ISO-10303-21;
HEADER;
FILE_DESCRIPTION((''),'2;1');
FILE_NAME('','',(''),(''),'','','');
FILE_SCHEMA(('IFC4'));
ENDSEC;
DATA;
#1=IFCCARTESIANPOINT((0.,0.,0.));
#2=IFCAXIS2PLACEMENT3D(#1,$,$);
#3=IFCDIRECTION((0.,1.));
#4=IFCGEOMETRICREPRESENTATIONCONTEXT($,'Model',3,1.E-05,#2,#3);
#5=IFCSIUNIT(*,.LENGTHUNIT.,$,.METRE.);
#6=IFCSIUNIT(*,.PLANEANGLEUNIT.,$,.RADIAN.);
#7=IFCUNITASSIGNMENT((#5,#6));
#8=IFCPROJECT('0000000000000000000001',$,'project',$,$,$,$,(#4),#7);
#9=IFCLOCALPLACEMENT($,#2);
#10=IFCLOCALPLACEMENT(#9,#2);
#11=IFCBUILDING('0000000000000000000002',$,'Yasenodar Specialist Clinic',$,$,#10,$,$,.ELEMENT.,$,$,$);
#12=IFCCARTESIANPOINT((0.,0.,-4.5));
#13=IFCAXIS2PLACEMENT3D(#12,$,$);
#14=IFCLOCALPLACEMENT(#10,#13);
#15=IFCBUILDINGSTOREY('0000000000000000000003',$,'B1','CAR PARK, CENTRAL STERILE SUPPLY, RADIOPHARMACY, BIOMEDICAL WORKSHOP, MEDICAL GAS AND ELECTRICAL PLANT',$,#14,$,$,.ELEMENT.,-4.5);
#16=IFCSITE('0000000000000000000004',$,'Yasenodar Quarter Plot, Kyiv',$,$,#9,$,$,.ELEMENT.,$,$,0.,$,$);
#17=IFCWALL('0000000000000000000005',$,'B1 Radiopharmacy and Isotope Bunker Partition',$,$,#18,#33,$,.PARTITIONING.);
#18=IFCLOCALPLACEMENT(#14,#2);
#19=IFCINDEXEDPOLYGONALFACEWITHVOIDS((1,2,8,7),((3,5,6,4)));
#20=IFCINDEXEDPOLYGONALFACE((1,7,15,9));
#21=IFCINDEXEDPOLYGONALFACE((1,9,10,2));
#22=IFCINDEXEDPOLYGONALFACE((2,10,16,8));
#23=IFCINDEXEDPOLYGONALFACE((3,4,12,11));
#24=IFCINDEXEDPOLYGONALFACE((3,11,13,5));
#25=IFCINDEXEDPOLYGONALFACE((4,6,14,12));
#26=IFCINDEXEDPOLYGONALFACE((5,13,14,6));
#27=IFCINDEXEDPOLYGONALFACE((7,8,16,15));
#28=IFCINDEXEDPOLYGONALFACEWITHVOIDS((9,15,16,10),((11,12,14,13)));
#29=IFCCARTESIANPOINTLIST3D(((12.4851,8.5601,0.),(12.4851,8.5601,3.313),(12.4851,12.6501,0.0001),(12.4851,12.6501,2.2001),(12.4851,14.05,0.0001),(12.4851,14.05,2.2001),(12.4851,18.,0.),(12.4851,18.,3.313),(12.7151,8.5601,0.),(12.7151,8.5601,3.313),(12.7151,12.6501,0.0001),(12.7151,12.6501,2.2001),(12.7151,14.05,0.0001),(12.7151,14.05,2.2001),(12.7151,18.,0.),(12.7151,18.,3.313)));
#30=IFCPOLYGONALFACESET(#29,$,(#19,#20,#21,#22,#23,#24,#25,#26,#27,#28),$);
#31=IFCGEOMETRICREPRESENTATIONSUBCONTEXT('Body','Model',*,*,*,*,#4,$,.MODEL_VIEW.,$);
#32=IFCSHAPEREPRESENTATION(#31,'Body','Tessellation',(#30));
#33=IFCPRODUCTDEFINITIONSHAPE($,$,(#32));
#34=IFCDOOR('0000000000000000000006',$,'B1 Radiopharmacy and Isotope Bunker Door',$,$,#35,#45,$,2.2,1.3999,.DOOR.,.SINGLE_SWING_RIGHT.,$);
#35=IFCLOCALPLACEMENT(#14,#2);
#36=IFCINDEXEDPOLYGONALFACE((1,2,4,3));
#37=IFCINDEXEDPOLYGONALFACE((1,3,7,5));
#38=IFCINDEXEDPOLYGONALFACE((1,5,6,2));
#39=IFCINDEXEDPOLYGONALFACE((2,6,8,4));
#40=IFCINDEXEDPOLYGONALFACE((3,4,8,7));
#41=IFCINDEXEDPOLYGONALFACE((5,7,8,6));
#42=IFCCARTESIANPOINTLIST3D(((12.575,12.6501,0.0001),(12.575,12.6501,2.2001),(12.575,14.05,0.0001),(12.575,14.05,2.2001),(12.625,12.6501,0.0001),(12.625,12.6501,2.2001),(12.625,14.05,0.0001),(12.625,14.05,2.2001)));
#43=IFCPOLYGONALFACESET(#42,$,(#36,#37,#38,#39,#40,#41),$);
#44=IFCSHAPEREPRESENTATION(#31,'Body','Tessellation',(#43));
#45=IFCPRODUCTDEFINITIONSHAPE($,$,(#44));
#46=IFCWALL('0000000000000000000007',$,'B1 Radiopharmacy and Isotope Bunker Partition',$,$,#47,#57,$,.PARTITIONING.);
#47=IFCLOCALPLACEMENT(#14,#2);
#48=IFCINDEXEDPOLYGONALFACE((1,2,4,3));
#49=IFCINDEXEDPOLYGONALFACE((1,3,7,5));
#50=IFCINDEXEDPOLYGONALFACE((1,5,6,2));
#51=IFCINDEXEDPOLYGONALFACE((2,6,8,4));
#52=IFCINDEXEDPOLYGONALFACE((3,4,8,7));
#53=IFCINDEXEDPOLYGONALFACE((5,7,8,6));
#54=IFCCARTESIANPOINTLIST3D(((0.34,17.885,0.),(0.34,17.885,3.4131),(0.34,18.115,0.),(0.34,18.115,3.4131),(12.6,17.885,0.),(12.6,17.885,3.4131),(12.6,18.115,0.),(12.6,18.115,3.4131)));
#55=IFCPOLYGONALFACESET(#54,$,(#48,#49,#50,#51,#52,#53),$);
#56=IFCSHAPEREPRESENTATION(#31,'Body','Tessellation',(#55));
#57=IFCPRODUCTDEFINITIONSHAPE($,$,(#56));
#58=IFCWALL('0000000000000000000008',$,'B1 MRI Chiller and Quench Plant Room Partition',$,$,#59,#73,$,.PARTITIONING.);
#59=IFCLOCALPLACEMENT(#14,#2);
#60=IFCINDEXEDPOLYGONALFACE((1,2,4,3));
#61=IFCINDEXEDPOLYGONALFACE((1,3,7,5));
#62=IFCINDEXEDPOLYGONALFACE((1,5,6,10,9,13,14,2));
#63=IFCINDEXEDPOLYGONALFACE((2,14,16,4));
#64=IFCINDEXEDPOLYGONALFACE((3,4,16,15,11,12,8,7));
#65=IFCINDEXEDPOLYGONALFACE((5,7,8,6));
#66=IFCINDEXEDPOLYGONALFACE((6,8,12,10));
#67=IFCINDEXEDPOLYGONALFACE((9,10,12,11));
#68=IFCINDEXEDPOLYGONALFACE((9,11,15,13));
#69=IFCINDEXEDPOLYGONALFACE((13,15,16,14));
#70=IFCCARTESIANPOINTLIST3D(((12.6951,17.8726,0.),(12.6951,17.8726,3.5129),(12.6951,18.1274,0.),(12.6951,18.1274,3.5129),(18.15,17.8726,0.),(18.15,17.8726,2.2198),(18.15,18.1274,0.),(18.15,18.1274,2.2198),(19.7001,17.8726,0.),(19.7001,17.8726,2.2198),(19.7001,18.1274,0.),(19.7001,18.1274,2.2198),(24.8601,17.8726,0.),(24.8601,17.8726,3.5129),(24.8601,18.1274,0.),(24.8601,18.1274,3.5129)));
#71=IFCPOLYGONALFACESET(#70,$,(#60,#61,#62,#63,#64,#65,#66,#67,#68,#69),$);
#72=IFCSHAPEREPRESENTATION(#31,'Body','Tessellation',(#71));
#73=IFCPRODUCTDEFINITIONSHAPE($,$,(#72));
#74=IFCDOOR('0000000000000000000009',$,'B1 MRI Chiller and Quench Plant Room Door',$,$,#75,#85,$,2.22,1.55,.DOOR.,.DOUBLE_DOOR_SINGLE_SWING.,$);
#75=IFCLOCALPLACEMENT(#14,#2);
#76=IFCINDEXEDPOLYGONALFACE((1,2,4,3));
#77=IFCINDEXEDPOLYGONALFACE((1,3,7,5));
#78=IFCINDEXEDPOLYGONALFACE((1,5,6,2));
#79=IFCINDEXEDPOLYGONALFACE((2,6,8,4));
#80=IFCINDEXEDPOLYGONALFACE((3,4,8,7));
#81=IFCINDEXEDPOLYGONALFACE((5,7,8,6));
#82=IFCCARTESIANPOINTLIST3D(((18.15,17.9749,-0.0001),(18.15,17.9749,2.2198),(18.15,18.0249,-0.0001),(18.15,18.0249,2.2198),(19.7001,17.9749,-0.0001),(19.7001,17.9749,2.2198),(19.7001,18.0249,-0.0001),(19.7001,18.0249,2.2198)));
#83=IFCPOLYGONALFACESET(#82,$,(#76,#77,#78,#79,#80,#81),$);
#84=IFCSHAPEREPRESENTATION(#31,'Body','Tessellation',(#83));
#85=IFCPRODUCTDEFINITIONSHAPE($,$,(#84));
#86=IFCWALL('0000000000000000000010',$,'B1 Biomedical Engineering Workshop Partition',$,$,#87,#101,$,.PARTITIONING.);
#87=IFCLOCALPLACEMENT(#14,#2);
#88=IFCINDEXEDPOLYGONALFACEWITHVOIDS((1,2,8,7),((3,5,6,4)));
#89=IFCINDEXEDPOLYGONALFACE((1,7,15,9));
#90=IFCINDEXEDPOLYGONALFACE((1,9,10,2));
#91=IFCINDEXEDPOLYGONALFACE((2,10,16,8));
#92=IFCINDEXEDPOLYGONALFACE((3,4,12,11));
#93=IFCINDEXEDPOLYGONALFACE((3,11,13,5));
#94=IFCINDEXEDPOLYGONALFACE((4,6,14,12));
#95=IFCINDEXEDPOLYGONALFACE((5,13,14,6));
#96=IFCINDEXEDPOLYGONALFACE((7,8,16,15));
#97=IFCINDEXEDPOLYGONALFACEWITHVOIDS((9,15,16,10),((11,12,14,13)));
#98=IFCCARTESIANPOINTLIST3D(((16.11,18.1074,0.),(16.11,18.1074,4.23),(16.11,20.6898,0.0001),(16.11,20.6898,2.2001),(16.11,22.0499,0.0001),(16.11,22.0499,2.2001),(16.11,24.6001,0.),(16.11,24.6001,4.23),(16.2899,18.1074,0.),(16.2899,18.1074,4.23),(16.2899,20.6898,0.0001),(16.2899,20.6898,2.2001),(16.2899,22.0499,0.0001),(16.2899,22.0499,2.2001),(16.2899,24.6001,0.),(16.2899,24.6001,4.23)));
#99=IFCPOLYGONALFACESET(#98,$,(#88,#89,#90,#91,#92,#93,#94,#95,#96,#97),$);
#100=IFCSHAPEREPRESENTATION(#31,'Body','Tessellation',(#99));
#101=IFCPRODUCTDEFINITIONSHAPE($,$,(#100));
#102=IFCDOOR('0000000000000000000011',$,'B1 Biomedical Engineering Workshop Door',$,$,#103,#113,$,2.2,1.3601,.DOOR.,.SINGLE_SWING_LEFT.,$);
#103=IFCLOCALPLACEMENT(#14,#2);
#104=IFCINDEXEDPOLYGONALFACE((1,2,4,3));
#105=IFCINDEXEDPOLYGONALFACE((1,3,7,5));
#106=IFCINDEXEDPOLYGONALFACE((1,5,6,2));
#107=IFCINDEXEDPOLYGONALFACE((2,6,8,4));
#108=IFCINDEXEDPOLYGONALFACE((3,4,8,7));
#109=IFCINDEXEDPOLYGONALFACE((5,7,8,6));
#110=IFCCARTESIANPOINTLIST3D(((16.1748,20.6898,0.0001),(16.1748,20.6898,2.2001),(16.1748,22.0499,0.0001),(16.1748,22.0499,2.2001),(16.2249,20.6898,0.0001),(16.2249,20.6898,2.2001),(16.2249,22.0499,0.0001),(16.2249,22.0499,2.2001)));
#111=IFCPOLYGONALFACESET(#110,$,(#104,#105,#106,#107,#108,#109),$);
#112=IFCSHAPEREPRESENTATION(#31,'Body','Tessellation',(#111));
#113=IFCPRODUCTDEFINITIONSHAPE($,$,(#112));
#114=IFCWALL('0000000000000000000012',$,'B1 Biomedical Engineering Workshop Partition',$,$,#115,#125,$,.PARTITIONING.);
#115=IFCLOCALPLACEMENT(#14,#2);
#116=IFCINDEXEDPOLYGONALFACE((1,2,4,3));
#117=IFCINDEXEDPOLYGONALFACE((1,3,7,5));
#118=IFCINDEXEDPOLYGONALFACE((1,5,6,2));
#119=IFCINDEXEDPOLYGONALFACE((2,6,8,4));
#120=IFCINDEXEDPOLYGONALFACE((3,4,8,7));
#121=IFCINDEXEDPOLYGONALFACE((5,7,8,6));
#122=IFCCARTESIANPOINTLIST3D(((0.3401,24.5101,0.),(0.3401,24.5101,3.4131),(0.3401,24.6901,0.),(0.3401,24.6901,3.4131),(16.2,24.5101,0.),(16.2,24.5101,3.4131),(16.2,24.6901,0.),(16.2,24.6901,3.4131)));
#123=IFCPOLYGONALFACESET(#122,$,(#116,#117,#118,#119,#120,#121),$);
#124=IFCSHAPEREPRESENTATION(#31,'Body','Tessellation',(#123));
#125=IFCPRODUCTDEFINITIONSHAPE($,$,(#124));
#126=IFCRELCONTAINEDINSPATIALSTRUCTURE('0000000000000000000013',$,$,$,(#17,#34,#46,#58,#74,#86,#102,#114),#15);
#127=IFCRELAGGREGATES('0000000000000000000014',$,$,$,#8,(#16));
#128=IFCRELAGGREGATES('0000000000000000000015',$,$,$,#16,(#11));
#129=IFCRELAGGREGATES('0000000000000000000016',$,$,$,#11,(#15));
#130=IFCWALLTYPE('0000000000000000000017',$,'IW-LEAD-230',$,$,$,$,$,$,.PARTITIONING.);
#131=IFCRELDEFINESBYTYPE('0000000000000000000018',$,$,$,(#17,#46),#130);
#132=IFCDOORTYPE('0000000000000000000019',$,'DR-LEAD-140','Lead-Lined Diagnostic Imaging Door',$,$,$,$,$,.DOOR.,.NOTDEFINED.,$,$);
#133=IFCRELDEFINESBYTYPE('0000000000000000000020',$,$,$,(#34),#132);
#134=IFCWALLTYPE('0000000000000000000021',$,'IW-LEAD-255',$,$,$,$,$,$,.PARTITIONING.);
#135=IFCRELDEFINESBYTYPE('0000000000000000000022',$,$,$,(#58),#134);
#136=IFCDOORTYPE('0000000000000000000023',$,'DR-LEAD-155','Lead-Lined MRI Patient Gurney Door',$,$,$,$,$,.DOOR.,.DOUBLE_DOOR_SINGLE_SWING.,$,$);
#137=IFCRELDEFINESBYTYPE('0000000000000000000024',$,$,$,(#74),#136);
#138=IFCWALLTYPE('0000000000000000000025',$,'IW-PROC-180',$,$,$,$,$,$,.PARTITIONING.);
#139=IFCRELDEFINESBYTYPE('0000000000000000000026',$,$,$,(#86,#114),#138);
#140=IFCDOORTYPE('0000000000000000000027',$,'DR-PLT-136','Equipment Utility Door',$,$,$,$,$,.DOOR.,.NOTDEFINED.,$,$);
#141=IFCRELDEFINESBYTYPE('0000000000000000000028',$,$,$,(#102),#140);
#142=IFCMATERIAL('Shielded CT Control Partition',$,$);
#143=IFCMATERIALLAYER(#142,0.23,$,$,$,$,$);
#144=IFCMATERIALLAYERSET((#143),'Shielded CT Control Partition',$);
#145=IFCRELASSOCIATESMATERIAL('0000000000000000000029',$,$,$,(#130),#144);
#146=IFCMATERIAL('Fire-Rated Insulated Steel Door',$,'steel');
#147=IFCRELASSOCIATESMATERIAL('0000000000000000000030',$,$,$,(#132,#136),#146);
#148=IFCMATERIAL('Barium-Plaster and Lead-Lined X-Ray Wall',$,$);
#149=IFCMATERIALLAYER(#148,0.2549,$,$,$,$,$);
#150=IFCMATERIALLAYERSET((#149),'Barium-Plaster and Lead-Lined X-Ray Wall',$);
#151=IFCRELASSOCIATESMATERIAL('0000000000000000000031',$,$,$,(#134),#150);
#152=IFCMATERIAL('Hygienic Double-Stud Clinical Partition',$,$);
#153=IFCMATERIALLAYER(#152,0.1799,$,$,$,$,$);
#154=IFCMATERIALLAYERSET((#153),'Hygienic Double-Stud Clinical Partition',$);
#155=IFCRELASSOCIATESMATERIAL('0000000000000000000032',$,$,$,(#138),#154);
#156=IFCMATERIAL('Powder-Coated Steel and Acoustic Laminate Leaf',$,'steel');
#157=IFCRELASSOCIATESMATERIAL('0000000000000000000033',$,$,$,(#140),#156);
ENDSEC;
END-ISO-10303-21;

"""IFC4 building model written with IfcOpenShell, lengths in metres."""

from ifc_helpers import new_model, si_unit, direction, frame, frame_2d, origin, place, context, subcontext, project, spatial, rectangle, extrude, material, layer, layer_set, type_object, element, fill, save


model = new_model("IFC4")

# Units and contexts
model_context = context("Model", 3, precision=1e-05, world=origin(), true_north=direction((0.0, 1.0)))
body_context = subcontext(model_context, "Body", "Model", "MODEL_VIEW")
ifc_project = project(units=[si_unit("LENGTHUNIT", "METRE"), si_unit("PLANEANGLEUNIT", "RADIAN")], contexts=[model_context])

# Site, building, storey
site_placement = place(None, origin())
site = spatial("IfcSite", under=ifc_project, at=site_placement, Name="Yasenodar Quarter Plot, Kyiv", CompositionType="ELEMENT", RefElevation=0.0)
building_placement = place(site_placement, origin())
building = spatial("IfcBuilding", under=site, at=building_placement, Name="Yasenodar Specialist Clinic", CompositionType="ELEMENT")
storey_placement = place(building_placement, frame((0.0, 0.0, -4.5)))
storey = spatial("IfcBuildingStorey", under=building, at=storey_placement, Name="B1", Description="CAR PARK, CENTRAL STERILE SUPPLY, RADIOPHARMACY, BIOMEDICAL WORKSHOP, MEDICAL GAS AND ELECTRICAL PLANT", CompositionType="ELEMENT", Elevation=-4.5)

# Wall, opening, door
ifc_material_1 = material(Name="Shielded CT Control Partition")
ifc_layer_1 = layer(ifc_material_1, 0.23)
ifc_layer_set_1 = layer_set([ifc_layer_1], Name="Shielded CT Control Partition")
wall_type_1 = type_object("IfcWallType", Name="IW-LEAD-230", PredefinedType="PARTITIONING", material=ifc_layer_set_1)
wall_1_placement = place(storey_placement, frame((12.6001, 18.0, 0.0), z_axis=(0.0, 0.0, 1.0), x_axis=(0.0, -1.0, 0.0)))
wall_1 = element("IfcWall", 1, at=wall_1_placement, inside=storey, type_object=wall_type_1, Name="B1 Radiopharmacy and Isotope Bunker Partition", PredefinedType="PARTITIONING", context=body_context, shape_type="SweptSolid", body=[
    extrude(rectangle(XDim=9.4399, YDim=0.23, at=frame_2d((4.72, 0.0))), origin(), (0.0, 0.0, 1.0), 3.313),
])
opening_1_placement = place(wall_1_placement, frame((3.95, 0.0, 0.0)))
opening_1 = element("IfcOpeningElement", 2, at=opening_1_placement, cuts=wall_1, PredefinedType="OPENING", context=body_context, shape_type="SweptSolid", body=[
    extrude(rectangle(XDim=1.3999, YDim=2.2, at=frame_2d((0.7, 1.1001))), frame((0.0, 0.125, 0.0), z_axis=(0.0, -1.0, 0.0), x_axis=(1.0, 0.0, 0.0)), (0.0, 0.0, 1.0), 0.25),
])
ifc_material_2 = material(Name="Fire-Rated Insulated Steel Door", Category="steel")
door_type_1 = type_object("IfcDoorType", Name="DR-LEAD-140", Description="Lead-Lined Diagnostic Imaging Door", OperationType="NOTDEFINED", PredefinedType="DOOR", material=ifc_material_2)
door_1_placement = place(opening_1_placement, origin())
door_1 = element("IfcDoor", 3, at=door_1_placement, inside=storey, type_object=door_type_1, Name="B1 Radiopharmacy and Isotope Bunker Door", OperationType="SINGLE_SWING_RIGHT", OverallHeight=2.2, OverallWidth=1.3999, PredefinedType="DOOR", context=body_context, shape_type="SweptSolid", body=[
    extrude(rectangle(XDim=1.3999, YDim=2.2, at=frame_2d((0.7, 1.1001))), frame((0.0, 0.0249, 0.0), z_axis=(0.0, -1.0, 0.0), x_axis=(1.0, 0.0, 0.0)), (0.0, 0.0, 1.0), 0.05),
])
fill(opening_1, door_1)

# Wall
wall_2_placement = place(storey_placement, frame((0.3401, 18.0, 0.0), z_axis=(0.0, 0.0, 1.0), x_axis=(1.0, 0.0, 0.0)))
element("IfcWall", 4, at=wall_2_placement, inside=storey, type_object=wall_type_1, Name="B1 Radiopharmacy and Isotope Bunker Partition", PredefinedType="PARTITIONING", context=body_context, shape_type="SweptSolid", body=[
    extrude(rectangle(XDim=12.26, YDim=0.23, at=frame_2d((6.1299, 0.0))), origin(), (0.0, 0.0, 1.0), 3.4131),
])

# Walls, openings, doors
ifc_material_3 = material(Name="Barium-Plaster and Lead-Lined X-Ray Wall")
ifc_layer_2 = layer(ifc_material_3, 0.2549)
ifc_layer_set_2 = layer_set([ifc_layer_2], Name="Barium-Plaster and Lead-Lined X-Ray Wall")
wall_type_2 = type_object("IfcWallType", Name="IW-LEAD-255", PredefinedType="PARTITIONING", material=ifc_layer_set_2)
wall_3_placement = place(storey_placement, frame((12.6951, 18.0, 0.0), z_axis=(0.0, 0.0, 1.0), x_axis=(1.0, 0.0, 0.0)))
wall_3 = element("IfcWall", 5, at=wall_3_placement, inside=storey, type_object=wall_type_2, Name="B1 MRI Chiller and Quench Plant Room Partition", PredefinedType="PARTITIONING", context=body_context, shape_type="SweptSolid", body=[
    extrude(rectangle(XDim=12.165, YDim=0.2549, at=frame_2d((6.0825, 0.0))), origin(), (0.0, 0.0, 1.0), 3.5129),
])
opening_2_placement = place(wall_3_placement, frame((5.4551, 0.0, 0.0)))
opening_2 = element("IfcOpeningElement", 6, at=opening_2_placement, cuts=wall_3, PredefinedType="OPENING", context=body_context, shape_type="SweptSolid", body=[
    extrude(rectangle(XDim=1.55, YDim=2.22, at=frame_2d((0.7749, 1.1099))), frame((0.0, 0.1375, 0.0), z_axis=(0.0, -1.0, 0.0), x_axis=(1.0, 0.0, 0.0)), (0.0, 0.0, 1.0), 0.2749),
])
door_type_2 = type_object("IfcDoorType", Name="DR-LEAD-155", Description="Lead-Lined MRI Patient Gurney Door", OperationType="DOUBLE_DOOR_SINGLE_SWING", PredefinedType="DOOR", material=ifc_material_2)
door_2_placement = place(opening_2_placement, origin())
door_2 = element("IfcDoor", 7, at=door_2_placement, inside=storey, type_object=door_type_2, Name="B1 MRI Chiller and Quench Plant Room Door", OperationType="DOUBLE_DOOR_SINGLE_SWING", OverallHeight=2.22, OverallWidth=1.55, PredefinedType="DOOR", context=body_context, shape_type="SweptSolid", body=[
    extrude(rectangle(XDim=1.55, YDim=2.22, at=frame_2d((0.7749, 1.1099))), frame((0.0, 0.0249, 0.0), z_axis=(0.0, -1.0, 0.0), x_axis=(1.0, 0.0, 0.0)), (0.0, 0.0, 1.0), 0.05),
])
fill(opening_2, door_2)
ifc_material_4 = material(Name="Hygienic Double-Stud Clinical Partition")
ifc_layer_3 = layer(ifc_material_4, 0.1799)
ifc_layer_set_3 = layer_set([ifc_layer_3], Name="Hygienic Double-Stud Clinical Partition")
wall_type_3 = type_object("IfcWallType", Name="IW-PROC-180", PredefinedType="PARTITIONING", material=ifc_layer_set_3)
wall_4_placement = place(storey_placement, frame((16.2, 24.6001, 0.0), z_axis=(0.0, 0.0, 1.0), x_axis=(0.0, -1.0, 0.0)))
wall_4 = element("IfcWall", 8, at=wall_4_placement, inside=storey, type_object=wall_type_3, Name="B1 Biomedical Engineering Workshop Partition", PredefinedType="PARTITIONING", context=body_context, shape_type="SweptSolid", body=[
    extrude(rectangle(XDim=6.4927, YDim=0.1799, at=frame_2d((3.2463, 0.0))), origin(), (0.0, 0.0, 1.0), 4.23),
])
opening_3_placement = place(wall_4_placement, frame((2.55, 0.0, 0.0)))
opening_3 = element("IfcOpeningElement", 9, at=opening_3_placement, cuts=wall_4, PredefinedType="OPENING", context=body_context, shape_type="SweptSolid", body=[
    extrude(rectangle(XDim=1.3601, YDim=2.2, at=frame_2d((0.6802, 1.1001))), frame((0.0, 0.1001, 0.0), z_axis=(0.0, -1.0, 0.0), x_axis=(1.0, 0.0, 0.0)), (0.0, 0.0, 1.0), 0.2),
])
ifc_material_5 = material(Name="Powder-Coated Steel and Acoustic Laminate Leaf", Category="steel")
door_type_3 = type_object("IfcDoorType", Name="DR-PLT-136", Description="Equipment Utility Door", OperationType="NOTDEFINED", PredefinedType="DOOR", material=ifc_material_5)
door_3_placement = place(opening_3_placement, origin())
door_3 = element("IfcDoor", 10, at=door_3_placement, inside=storey, type_object=door_type_3, Name="B1 Biomedical Engineering Workshop Door", OperationType="SINGLE_SWING_LEFT", OverallHeight=2.2, OverallWidth=1.3601, PredefinedType="DOOR", context=body_context, shape_type="SweptSolid", body=[
    extrude(rectangle(XDim=1.3601, YDim=2.2, at=frame_2d((0.6802, 1.1001))), frame((0.0, 0.0249, 0.0), z_axis=(0.0, -1.0, 0.0), x_axis=(1.0, 0.0, 0.0)), (0.0, 0.0, 1.0), 0.05),
])
fill(opening_3, door_3)

# Wall
wall_5_placement = place(storey_placement, frame((0.3401, 24.6001, 0.0), z_axis=(0.0, 0.0, 1.0), x_axis=(1.0, 0.0, 0.0)))
element("IfcWall", 11, at=wall_5_placement, inside=storey, type_object=wall_type_3, Name="B1 Biomedical Engineering Workshop Partition", PredefinedType="PARTITIONING", context=body_context, shape_type="SweptSolid", body=[
    extrude(rectangle(XDim=15.8599, YDim=0.1799, at=frame_2d((7.9299, 0.0))), origin(), (0.0, 0.0, 1.0), 3.4131),
])

save(model, "model.ifc")
